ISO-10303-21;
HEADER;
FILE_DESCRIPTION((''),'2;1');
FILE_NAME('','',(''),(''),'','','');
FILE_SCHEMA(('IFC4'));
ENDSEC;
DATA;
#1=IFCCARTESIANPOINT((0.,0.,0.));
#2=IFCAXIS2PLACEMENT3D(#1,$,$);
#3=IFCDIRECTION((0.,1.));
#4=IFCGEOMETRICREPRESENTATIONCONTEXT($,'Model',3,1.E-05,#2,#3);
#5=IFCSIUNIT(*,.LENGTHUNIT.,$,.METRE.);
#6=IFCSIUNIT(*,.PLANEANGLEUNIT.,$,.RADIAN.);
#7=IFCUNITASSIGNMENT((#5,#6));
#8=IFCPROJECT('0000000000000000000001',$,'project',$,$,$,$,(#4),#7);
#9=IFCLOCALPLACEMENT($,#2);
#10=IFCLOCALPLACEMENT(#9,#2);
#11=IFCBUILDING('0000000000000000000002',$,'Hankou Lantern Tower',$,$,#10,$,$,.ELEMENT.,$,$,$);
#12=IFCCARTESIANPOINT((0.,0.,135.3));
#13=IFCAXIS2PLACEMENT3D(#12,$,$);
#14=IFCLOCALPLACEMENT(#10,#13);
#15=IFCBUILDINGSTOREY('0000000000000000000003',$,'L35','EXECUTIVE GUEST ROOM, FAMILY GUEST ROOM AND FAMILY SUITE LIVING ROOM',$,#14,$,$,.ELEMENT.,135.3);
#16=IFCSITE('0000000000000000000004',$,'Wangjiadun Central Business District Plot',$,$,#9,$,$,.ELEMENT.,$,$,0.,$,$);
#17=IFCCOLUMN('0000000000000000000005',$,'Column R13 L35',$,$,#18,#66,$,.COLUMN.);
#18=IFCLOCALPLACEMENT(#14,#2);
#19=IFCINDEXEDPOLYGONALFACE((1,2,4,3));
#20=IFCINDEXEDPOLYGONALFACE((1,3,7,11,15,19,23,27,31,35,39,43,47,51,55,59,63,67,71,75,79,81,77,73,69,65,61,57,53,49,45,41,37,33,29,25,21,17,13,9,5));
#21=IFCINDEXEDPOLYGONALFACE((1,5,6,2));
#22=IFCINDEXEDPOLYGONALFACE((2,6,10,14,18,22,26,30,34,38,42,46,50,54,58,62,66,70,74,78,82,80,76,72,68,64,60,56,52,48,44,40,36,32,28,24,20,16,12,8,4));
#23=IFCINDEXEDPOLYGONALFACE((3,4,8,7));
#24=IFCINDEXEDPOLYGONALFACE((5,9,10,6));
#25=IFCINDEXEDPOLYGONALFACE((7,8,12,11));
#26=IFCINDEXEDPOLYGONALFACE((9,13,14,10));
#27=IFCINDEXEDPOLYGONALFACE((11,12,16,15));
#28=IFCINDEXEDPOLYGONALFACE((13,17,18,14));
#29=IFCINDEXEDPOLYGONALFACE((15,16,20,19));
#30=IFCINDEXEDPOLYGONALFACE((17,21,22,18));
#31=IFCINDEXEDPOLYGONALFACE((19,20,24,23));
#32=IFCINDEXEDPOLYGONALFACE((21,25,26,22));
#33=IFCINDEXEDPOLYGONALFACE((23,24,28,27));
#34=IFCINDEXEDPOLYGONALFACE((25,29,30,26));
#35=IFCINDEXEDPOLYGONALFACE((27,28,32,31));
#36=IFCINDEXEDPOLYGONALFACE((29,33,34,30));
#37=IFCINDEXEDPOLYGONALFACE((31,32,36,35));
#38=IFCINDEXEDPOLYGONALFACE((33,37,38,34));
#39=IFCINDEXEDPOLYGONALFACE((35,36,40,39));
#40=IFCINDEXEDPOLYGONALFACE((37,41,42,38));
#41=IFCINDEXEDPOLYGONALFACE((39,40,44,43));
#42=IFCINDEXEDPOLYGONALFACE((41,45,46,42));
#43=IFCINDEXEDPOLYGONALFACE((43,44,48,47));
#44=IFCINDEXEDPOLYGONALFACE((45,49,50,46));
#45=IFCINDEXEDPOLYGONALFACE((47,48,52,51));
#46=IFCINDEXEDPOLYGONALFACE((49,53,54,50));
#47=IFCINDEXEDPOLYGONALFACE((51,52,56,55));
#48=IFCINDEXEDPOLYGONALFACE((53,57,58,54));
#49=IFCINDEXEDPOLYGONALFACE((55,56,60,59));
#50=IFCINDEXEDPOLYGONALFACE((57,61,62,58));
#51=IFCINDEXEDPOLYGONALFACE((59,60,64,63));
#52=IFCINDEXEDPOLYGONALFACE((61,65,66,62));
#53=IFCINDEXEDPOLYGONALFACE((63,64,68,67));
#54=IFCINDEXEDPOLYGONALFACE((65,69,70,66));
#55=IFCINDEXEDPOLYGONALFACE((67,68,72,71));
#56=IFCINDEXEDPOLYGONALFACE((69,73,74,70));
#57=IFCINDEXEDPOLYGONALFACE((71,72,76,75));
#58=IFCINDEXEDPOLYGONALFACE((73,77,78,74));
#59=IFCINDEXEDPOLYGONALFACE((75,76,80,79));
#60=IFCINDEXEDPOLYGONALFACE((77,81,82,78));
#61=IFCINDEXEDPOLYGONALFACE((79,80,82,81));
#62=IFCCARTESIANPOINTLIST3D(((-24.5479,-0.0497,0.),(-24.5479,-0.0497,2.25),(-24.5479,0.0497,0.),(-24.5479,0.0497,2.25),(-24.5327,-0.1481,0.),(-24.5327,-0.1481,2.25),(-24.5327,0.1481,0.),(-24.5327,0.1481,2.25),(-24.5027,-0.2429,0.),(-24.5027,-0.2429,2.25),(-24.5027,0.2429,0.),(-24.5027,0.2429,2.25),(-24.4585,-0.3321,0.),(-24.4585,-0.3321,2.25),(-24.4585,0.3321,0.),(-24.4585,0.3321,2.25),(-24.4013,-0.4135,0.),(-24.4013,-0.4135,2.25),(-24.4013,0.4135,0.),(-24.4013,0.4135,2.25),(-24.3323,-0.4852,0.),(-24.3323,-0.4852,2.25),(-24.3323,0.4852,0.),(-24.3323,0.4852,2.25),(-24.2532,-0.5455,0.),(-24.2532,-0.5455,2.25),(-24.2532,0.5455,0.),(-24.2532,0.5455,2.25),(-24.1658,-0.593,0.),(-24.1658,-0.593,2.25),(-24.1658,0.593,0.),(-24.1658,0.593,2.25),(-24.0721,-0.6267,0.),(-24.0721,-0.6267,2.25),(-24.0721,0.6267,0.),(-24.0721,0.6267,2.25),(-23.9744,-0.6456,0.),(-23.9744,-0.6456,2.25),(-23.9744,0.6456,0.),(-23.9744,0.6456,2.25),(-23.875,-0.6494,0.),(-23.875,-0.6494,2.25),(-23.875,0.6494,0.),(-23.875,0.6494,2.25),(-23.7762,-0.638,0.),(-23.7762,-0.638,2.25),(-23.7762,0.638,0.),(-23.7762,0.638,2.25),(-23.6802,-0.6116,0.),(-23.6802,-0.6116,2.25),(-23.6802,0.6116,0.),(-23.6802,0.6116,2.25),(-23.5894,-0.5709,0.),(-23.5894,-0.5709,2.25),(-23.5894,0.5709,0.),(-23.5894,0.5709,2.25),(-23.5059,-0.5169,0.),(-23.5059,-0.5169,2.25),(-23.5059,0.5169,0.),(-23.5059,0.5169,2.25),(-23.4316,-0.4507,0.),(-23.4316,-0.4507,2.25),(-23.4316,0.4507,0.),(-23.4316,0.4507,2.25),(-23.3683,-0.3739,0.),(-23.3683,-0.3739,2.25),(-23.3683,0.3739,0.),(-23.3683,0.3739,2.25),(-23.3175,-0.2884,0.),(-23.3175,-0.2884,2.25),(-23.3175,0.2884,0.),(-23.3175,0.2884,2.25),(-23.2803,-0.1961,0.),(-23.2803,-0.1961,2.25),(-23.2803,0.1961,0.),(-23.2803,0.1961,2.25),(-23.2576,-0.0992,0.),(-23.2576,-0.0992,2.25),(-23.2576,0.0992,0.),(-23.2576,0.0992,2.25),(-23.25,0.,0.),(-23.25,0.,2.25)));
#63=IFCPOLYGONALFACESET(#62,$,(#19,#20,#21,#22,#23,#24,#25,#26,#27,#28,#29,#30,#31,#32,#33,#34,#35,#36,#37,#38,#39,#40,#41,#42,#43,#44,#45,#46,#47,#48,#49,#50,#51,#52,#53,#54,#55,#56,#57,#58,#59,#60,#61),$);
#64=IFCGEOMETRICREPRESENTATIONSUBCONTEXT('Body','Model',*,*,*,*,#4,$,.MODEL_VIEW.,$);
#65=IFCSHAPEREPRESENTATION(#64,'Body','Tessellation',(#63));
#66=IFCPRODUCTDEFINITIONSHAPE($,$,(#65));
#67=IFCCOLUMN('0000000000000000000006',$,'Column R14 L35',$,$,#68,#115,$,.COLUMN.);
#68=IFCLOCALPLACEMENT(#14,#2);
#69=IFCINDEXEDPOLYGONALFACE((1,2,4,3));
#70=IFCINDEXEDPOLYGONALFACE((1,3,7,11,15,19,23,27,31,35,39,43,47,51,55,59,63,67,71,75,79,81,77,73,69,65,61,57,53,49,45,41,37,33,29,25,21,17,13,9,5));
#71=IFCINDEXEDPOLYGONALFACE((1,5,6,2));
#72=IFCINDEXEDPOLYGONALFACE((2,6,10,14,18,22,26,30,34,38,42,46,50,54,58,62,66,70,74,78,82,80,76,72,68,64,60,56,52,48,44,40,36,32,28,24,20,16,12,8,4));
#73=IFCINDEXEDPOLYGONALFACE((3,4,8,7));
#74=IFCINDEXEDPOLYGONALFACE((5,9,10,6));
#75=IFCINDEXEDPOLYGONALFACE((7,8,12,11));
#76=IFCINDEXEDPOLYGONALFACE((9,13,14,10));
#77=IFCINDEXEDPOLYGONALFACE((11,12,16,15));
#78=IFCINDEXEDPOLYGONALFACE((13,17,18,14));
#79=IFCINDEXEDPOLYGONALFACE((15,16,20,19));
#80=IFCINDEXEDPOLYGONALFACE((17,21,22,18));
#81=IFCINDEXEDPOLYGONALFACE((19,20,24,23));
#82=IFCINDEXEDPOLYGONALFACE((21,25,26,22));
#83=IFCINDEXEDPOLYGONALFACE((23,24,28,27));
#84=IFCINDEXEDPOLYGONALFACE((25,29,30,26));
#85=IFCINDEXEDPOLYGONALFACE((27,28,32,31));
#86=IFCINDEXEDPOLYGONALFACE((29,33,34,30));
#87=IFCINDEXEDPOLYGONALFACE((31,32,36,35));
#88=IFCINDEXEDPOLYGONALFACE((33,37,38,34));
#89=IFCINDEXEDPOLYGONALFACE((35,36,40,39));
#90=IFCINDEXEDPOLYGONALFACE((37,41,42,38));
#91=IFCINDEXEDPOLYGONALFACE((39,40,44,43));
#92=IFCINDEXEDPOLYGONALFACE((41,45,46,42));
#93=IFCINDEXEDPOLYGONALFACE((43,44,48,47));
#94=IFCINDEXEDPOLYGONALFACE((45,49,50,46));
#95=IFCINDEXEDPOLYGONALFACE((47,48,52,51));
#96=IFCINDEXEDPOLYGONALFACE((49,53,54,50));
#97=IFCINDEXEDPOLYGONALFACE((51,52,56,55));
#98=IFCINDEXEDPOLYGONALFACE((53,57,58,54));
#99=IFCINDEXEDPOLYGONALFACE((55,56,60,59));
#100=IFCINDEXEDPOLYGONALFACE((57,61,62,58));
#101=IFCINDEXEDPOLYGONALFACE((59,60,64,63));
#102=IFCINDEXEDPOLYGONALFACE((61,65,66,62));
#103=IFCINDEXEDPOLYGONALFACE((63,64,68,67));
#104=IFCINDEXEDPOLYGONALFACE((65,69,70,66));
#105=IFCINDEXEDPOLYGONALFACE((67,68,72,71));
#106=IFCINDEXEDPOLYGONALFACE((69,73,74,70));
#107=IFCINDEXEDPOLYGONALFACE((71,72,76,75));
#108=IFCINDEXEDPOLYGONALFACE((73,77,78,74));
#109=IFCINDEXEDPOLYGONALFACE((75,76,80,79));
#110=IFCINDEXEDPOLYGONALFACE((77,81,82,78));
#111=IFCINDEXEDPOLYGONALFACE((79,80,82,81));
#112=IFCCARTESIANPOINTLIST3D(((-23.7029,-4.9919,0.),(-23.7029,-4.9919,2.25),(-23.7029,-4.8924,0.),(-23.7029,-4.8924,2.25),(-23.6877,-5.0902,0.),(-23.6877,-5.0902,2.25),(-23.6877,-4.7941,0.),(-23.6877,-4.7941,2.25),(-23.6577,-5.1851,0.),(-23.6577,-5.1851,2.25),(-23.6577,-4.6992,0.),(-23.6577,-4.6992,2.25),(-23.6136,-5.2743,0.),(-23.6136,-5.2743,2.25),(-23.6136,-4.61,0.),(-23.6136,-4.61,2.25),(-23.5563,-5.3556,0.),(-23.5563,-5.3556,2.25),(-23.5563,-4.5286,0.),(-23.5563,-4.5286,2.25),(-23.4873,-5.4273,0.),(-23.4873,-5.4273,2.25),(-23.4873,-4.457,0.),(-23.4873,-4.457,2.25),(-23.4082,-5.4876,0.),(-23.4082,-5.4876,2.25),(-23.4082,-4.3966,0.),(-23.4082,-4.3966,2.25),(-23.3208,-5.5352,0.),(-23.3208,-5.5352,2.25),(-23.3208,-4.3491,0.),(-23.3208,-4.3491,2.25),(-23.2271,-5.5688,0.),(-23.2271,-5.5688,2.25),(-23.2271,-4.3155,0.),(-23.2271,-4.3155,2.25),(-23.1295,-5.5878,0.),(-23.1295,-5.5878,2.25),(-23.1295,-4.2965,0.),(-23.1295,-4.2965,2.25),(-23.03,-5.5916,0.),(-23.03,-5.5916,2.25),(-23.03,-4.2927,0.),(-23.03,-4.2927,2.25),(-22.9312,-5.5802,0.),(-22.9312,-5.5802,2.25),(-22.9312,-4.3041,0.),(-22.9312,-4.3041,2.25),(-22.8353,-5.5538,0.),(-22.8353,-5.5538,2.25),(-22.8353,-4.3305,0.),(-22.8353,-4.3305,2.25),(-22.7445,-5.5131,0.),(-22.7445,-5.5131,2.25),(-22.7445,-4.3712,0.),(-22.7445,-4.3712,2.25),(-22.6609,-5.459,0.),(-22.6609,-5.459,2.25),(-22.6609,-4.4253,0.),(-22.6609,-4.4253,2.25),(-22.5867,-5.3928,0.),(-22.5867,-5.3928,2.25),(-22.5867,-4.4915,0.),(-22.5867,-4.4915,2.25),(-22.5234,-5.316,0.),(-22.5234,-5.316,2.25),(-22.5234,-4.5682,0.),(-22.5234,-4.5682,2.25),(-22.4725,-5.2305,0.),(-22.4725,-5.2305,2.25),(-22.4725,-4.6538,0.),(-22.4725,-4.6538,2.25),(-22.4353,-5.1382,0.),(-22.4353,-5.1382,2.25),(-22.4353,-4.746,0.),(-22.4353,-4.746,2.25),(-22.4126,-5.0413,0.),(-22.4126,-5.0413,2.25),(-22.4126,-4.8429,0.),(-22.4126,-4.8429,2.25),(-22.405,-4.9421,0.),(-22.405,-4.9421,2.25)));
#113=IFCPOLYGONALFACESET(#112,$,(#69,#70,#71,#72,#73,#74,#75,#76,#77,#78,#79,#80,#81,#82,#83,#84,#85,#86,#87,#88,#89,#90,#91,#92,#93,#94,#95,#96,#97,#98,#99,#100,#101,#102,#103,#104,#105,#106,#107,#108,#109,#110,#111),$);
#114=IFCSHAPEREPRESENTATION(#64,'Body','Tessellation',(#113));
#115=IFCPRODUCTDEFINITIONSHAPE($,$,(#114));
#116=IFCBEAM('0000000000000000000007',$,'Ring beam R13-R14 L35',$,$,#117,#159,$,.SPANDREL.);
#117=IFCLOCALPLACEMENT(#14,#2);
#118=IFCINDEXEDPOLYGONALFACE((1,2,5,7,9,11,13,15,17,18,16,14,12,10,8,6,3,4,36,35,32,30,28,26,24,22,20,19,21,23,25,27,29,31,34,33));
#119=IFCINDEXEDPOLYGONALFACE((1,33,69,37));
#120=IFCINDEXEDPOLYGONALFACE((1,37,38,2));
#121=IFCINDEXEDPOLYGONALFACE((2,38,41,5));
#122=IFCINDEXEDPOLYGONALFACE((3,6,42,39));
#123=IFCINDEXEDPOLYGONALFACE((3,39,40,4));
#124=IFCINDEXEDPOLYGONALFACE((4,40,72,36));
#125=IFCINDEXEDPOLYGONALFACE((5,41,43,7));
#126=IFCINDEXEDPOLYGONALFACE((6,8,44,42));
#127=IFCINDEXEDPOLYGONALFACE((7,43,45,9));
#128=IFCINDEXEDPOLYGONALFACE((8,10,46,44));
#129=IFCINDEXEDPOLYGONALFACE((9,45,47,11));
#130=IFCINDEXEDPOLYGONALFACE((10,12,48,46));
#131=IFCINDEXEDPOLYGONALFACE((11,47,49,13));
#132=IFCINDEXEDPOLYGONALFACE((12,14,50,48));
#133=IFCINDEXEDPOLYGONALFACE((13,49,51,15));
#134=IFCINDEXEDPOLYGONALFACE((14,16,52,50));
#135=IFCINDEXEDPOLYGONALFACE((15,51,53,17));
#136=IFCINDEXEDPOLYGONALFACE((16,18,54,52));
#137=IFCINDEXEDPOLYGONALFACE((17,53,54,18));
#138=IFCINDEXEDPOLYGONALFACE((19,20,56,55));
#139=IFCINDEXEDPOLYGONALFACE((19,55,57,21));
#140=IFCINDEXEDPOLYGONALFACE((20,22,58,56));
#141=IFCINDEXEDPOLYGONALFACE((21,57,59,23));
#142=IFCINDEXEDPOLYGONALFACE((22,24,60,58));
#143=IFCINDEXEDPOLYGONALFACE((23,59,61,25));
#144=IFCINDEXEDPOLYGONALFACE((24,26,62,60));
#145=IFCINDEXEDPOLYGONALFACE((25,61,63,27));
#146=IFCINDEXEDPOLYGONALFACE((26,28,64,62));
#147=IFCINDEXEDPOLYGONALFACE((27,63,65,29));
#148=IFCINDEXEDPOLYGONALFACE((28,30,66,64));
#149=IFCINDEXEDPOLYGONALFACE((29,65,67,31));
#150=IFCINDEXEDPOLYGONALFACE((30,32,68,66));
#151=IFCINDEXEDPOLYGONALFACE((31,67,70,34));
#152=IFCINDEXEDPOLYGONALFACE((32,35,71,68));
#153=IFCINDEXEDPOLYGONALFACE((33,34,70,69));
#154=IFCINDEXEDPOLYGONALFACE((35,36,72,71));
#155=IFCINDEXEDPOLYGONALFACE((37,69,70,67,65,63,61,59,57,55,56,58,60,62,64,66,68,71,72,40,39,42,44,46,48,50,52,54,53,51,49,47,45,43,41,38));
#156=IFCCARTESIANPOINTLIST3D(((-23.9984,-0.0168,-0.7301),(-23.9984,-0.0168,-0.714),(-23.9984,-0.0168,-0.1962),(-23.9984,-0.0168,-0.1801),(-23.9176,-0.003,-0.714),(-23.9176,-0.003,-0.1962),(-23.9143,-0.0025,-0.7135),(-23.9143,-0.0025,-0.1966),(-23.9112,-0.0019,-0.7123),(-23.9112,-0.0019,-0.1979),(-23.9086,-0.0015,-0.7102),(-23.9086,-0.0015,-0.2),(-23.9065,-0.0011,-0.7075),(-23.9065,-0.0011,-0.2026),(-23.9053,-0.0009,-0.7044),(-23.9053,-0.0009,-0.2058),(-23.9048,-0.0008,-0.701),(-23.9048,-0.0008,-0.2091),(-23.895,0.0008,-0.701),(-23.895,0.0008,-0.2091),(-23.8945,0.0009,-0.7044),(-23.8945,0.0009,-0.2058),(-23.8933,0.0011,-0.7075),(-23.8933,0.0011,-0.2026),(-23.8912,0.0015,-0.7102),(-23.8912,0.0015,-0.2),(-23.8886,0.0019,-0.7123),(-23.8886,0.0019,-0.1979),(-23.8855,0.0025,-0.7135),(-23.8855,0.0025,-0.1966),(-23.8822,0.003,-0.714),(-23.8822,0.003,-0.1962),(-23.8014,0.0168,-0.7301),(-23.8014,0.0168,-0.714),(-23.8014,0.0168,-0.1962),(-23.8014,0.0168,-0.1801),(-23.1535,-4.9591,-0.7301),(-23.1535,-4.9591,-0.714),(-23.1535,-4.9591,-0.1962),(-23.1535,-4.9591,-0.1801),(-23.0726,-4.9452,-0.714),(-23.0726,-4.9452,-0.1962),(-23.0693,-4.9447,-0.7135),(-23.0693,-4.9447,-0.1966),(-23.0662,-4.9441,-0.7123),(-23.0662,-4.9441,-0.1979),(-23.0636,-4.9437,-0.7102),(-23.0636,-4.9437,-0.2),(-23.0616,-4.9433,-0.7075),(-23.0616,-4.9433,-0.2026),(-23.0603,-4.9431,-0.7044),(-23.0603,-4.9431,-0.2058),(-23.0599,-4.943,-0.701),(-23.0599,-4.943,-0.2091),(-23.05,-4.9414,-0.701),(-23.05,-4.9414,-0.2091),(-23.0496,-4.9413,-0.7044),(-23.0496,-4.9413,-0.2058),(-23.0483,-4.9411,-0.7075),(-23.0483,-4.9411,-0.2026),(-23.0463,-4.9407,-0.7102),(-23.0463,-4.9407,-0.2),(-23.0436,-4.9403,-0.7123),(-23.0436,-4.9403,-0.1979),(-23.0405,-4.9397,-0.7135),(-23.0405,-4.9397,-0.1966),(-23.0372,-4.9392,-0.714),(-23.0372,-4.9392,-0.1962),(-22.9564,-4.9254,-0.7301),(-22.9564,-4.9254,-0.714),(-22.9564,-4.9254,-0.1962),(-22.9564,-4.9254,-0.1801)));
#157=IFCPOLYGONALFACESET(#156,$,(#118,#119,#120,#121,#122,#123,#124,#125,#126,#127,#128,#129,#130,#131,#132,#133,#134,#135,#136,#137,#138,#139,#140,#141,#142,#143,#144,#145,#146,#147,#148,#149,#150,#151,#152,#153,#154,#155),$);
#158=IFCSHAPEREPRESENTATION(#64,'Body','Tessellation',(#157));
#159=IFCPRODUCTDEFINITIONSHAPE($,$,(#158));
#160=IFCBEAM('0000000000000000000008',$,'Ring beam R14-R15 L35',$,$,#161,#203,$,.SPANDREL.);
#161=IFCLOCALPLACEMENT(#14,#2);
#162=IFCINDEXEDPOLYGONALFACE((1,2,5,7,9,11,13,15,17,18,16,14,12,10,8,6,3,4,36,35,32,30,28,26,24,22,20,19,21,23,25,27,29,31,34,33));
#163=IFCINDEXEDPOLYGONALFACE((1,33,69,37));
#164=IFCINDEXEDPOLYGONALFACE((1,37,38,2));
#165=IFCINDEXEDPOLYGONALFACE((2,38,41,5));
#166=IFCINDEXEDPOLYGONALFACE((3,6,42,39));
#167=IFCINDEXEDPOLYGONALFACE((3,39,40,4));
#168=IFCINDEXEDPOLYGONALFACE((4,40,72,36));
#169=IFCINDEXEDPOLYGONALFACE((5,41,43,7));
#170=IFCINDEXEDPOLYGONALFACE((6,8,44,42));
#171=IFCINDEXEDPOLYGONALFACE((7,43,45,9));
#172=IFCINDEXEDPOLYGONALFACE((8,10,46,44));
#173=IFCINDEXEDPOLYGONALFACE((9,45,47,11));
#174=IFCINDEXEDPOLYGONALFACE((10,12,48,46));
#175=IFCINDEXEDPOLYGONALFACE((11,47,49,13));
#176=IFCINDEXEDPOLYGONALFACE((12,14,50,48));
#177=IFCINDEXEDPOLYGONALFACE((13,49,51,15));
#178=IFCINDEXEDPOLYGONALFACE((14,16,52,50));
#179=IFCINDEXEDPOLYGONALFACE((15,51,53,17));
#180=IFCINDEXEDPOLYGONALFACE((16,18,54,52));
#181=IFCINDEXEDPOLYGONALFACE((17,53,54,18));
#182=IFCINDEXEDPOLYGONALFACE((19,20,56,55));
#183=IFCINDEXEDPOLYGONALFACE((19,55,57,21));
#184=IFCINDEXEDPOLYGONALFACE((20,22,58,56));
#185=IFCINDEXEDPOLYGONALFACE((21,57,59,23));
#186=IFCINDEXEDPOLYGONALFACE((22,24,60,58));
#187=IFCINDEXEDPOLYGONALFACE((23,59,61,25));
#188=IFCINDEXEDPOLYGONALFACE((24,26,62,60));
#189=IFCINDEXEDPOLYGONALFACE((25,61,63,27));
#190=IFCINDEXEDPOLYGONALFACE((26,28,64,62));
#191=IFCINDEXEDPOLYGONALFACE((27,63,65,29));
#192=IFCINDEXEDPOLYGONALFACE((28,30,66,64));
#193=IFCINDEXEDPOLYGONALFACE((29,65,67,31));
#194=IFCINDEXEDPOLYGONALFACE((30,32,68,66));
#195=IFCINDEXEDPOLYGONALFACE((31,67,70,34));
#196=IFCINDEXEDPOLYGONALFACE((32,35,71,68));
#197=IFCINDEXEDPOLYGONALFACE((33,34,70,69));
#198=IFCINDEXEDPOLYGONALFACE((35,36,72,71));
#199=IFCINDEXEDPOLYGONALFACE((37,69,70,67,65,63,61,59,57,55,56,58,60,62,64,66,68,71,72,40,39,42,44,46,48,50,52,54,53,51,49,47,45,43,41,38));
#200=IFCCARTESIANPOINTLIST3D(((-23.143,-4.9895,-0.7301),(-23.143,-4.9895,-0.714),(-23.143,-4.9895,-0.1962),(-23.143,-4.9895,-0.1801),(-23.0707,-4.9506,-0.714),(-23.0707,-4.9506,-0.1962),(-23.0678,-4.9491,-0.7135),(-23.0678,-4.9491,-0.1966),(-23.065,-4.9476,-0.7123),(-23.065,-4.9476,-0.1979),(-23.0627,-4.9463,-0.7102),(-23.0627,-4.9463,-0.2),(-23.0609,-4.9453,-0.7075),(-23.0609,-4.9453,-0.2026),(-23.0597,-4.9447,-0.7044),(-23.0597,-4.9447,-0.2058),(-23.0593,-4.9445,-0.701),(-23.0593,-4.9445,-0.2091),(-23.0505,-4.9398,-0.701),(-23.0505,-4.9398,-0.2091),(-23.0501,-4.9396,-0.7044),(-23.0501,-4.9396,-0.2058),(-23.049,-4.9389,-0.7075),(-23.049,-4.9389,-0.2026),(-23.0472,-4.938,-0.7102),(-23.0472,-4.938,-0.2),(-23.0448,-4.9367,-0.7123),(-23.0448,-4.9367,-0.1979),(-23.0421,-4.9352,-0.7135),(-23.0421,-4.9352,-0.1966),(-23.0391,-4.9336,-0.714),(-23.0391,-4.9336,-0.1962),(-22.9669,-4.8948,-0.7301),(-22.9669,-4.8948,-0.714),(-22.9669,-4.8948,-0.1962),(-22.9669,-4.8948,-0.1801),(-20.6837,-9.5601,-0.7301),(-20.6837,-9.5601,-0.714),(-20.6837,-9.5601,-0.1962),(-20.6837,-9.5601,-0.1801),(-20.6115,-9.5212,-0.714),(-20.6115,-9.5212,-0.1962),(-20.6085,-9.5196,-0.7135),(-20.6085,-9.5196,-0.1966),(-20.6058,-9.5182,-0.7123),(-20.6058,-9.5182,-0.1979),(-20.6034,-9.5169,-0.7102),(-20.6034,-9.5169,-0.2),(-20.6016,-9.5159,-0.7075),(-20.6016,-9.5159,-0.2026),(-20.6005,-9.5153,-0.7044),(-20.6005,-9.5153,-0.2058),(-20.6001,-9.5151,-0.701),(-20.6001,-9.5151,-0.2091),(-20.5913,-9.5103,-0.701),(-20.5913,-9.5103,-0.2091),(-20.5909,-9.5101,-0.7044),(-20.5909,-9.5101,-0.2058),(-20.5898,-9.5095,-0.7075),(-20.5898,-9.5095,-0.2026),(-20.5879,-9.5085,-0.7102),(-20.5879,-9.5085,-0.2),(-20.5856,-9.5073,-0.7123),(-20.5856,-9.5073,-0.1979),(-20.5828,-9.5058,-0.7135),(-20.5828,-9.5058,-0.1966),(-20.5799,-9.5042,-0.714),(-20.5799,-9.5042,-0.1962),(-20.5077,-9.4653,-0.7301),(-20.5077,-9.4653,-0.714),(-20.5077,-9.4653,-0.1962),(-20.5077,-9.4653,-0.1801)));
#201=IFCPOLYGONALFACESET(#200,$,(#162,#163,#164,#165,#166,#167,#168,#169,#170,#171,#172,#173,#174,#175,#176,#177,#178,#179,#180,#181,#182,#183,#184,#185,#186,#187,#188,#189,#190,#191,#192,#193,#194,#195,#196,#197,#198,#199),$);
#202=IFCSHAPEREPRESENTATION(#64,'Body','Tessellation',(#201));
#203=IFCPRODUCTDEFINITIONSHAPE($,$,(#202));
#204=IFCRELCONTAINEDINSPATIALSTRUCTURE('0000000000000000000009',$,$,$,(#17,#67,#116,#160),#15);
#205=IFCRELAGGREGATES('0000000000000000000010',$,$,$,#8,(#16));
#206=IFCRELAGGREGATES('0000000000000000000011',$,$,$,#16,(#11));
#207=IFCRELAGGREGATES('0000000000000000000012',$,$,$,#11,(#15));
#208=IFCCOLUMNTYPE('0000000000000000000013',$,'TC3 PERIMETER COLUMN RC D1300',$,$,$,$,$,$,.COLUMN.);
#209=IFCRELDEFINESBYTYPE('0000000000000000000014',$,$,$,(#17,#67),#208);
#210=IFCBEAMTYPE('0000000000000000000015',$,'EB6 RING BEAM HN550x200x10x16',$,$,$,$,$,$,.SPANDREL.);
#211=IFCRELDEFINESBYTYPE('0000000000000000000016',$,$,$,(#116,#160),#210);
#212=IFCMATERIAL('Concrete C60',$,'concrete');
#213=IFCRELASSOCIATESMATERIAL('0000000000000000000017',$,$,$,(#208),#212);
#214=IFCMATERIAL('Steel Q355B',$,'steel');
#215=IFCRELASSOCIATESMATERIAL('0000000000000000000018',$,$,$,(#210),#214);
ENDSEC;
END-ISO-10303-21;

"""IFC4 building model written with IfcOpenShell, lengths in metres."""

from ifc_helpers import new_model, si_unit, direction, frame, origin, origin_2d, place, context, subcontext, project, spatial, circle, i_section, extrude, clip, halfspace, material, material_profile, profile_set, type_object, element, save


model = new_model("IFC4")

# Units and contexts
model_context = context("Model", 3, precision=1e-05, world=origin(), true_north=direction((0.0, 1.0)))
body_context = subcontext(model_context, "Body", "Model", "MODEL_VIEW")
ifc_project = project(units=[si_unit("LENGTHUNIT", "METRE"), si_unit("PLANEANGLEUNIT", "RADIAN")], contexts=[model_context])

# Site, building, storey
site_placement = place(None, origin())
site = spatial("IfcSite", under=ifc_project, at=site_placement, Name="Wangjiadun Central Business District Plot", CompositionType="ELEMENT", RefElevation=0.0)
building_placement = place(site_placement, origin())
building = spatial("IfcBuilding", under=site, at=building_placement, Name="Hankou Lantern Tower", CompositionType="ELEMENT")
storey_placement = place(building_placement, frame((0.0, 0.0, 135.3)))
storey = spatial("IfcBuildingStorey", under=building, at=storey_placement, Name="L35", Description="EXECUTIVE GUEST ROOM, FAMILY GUEST ROOM AND FAMILY SUITE LIVING ROOM", CompositionType="ELEMENT", Elevation=135.3)

# Columns
ifc_material_1 = material(Name="Concrete C60", Category="concrete")
ifc_material_profile_1 = material_profile(ifc_material_1, circle(Radius=0.6499, at=origin_2d()), Name="RC D1300")
ifc_profile_set_1 = profile_set([ifc_material_profile_1], Name="Concrete C60")
column_type = type_object("IfcColumnType", Name="TC3 PERIMETER COLUMN RC D1300", PredefinedType="COLUMN", material=ifc_profile_set_1)
for number, where, z_axis, x_axis, name in (
    (1, (-23.8999, 0.0, 0.0), (0.0, 0.0, 1.0), (1.0, 0.0, 0.0), "Column R13 L35"),
    (2, (-23.0549, -4.9421, 0.0), (0.0, 0.0, 1.0), (1.0, 0.0, 0.0), "Column R14 L35"),
):
    element("IfcColumn", number, at=place(storey_placement, frame(where, z_axis=z_axis, x_axis=x_axis)), inside=storey, type_object=column_type, Name=name, PredefinedType="COLUMN", context=body_context, shape_type="Clipping", body=[
        clip(extrude(circle(Radius=0.6499, at=origin_2d()), origin(), (0.0, 0.0, 1.0), 3.3), halfspace(frame((0.0, 0.0, 2.25), z_axis=(0.0, 0.0, 1.0), x_axis=(1.0, 0.0, 0.0)), False)),
    ])

# Beams
ifc_material_2 = material(Name="Steel Q355B", Category="steel")
ifc_material_profile_2 = material_profile(ifc_material_2, i_section(OverallWidth=0.2, OverallDepth=0.55, WebThickness=0.01, FlangeThickness=0.0161, FilletRadius=0.0129, at=origin_2d()), Name="HN550x200x10x16")
ifc_profile_set_2 = profile_set([ifc_material_profile_2], Name="Steel Q355B")
beam_type_1 = type_object("IfcBeamType", Name="EB6 RING BEAM HN550x200x10x16", PredefinedType="SPANDREL", material=ifc_profile_set_2)
beam_1_placement = place(storey_placement, frame((-23.8999, 0.0, -0.4551), z_axis=(0.168527, -0.985697, 0.0), x_axis=(0.985697, 0.168527, 0.0)))
element("IfcBeam", 3, at=beam_1_placement, inside=storey, type_object=beam_type_1, Name="Ring beam R13-R14 L35", PredefinedType="SPANDREL", context=body_context, shape_type="SweptSolid", body=[
    extrude(i_section(OverallWidth=0.2, OverallDepth=0.55, WebThickness=0.01, FlangeThickness=0.0161, FilletRadius=0.0129, at=origin_2d()), origin(), (0.0, 0.0, 1.0), 5.0139),
])
beam_2_placement = place(storey_placement, frame((-23.0549, -4.9421, -0.4551), z_axis=(0.473825, -0.880619, 0.0), x_axis=(0.880619, 0.473825, 0.0)))
element("IfcBeam", 4, at=beam_2_placement, inside=storey, type_object=beam_type_1, Name="Ring beam R14-R15 L35", PredefinedType="SPANDREL", context=body_context, shape_type="SweptSolid", body=[
    extrude(i_section(OverallWidth=0.2, OverallDepth=0.55, WebThickness=0.01, FlangeThickness=0.0161, FilletRadius=0.0129, at=origin_2d()), origin(), (0.0, 0.0, 1.0), 5.1902),
])

save(model, "model.ifc")
